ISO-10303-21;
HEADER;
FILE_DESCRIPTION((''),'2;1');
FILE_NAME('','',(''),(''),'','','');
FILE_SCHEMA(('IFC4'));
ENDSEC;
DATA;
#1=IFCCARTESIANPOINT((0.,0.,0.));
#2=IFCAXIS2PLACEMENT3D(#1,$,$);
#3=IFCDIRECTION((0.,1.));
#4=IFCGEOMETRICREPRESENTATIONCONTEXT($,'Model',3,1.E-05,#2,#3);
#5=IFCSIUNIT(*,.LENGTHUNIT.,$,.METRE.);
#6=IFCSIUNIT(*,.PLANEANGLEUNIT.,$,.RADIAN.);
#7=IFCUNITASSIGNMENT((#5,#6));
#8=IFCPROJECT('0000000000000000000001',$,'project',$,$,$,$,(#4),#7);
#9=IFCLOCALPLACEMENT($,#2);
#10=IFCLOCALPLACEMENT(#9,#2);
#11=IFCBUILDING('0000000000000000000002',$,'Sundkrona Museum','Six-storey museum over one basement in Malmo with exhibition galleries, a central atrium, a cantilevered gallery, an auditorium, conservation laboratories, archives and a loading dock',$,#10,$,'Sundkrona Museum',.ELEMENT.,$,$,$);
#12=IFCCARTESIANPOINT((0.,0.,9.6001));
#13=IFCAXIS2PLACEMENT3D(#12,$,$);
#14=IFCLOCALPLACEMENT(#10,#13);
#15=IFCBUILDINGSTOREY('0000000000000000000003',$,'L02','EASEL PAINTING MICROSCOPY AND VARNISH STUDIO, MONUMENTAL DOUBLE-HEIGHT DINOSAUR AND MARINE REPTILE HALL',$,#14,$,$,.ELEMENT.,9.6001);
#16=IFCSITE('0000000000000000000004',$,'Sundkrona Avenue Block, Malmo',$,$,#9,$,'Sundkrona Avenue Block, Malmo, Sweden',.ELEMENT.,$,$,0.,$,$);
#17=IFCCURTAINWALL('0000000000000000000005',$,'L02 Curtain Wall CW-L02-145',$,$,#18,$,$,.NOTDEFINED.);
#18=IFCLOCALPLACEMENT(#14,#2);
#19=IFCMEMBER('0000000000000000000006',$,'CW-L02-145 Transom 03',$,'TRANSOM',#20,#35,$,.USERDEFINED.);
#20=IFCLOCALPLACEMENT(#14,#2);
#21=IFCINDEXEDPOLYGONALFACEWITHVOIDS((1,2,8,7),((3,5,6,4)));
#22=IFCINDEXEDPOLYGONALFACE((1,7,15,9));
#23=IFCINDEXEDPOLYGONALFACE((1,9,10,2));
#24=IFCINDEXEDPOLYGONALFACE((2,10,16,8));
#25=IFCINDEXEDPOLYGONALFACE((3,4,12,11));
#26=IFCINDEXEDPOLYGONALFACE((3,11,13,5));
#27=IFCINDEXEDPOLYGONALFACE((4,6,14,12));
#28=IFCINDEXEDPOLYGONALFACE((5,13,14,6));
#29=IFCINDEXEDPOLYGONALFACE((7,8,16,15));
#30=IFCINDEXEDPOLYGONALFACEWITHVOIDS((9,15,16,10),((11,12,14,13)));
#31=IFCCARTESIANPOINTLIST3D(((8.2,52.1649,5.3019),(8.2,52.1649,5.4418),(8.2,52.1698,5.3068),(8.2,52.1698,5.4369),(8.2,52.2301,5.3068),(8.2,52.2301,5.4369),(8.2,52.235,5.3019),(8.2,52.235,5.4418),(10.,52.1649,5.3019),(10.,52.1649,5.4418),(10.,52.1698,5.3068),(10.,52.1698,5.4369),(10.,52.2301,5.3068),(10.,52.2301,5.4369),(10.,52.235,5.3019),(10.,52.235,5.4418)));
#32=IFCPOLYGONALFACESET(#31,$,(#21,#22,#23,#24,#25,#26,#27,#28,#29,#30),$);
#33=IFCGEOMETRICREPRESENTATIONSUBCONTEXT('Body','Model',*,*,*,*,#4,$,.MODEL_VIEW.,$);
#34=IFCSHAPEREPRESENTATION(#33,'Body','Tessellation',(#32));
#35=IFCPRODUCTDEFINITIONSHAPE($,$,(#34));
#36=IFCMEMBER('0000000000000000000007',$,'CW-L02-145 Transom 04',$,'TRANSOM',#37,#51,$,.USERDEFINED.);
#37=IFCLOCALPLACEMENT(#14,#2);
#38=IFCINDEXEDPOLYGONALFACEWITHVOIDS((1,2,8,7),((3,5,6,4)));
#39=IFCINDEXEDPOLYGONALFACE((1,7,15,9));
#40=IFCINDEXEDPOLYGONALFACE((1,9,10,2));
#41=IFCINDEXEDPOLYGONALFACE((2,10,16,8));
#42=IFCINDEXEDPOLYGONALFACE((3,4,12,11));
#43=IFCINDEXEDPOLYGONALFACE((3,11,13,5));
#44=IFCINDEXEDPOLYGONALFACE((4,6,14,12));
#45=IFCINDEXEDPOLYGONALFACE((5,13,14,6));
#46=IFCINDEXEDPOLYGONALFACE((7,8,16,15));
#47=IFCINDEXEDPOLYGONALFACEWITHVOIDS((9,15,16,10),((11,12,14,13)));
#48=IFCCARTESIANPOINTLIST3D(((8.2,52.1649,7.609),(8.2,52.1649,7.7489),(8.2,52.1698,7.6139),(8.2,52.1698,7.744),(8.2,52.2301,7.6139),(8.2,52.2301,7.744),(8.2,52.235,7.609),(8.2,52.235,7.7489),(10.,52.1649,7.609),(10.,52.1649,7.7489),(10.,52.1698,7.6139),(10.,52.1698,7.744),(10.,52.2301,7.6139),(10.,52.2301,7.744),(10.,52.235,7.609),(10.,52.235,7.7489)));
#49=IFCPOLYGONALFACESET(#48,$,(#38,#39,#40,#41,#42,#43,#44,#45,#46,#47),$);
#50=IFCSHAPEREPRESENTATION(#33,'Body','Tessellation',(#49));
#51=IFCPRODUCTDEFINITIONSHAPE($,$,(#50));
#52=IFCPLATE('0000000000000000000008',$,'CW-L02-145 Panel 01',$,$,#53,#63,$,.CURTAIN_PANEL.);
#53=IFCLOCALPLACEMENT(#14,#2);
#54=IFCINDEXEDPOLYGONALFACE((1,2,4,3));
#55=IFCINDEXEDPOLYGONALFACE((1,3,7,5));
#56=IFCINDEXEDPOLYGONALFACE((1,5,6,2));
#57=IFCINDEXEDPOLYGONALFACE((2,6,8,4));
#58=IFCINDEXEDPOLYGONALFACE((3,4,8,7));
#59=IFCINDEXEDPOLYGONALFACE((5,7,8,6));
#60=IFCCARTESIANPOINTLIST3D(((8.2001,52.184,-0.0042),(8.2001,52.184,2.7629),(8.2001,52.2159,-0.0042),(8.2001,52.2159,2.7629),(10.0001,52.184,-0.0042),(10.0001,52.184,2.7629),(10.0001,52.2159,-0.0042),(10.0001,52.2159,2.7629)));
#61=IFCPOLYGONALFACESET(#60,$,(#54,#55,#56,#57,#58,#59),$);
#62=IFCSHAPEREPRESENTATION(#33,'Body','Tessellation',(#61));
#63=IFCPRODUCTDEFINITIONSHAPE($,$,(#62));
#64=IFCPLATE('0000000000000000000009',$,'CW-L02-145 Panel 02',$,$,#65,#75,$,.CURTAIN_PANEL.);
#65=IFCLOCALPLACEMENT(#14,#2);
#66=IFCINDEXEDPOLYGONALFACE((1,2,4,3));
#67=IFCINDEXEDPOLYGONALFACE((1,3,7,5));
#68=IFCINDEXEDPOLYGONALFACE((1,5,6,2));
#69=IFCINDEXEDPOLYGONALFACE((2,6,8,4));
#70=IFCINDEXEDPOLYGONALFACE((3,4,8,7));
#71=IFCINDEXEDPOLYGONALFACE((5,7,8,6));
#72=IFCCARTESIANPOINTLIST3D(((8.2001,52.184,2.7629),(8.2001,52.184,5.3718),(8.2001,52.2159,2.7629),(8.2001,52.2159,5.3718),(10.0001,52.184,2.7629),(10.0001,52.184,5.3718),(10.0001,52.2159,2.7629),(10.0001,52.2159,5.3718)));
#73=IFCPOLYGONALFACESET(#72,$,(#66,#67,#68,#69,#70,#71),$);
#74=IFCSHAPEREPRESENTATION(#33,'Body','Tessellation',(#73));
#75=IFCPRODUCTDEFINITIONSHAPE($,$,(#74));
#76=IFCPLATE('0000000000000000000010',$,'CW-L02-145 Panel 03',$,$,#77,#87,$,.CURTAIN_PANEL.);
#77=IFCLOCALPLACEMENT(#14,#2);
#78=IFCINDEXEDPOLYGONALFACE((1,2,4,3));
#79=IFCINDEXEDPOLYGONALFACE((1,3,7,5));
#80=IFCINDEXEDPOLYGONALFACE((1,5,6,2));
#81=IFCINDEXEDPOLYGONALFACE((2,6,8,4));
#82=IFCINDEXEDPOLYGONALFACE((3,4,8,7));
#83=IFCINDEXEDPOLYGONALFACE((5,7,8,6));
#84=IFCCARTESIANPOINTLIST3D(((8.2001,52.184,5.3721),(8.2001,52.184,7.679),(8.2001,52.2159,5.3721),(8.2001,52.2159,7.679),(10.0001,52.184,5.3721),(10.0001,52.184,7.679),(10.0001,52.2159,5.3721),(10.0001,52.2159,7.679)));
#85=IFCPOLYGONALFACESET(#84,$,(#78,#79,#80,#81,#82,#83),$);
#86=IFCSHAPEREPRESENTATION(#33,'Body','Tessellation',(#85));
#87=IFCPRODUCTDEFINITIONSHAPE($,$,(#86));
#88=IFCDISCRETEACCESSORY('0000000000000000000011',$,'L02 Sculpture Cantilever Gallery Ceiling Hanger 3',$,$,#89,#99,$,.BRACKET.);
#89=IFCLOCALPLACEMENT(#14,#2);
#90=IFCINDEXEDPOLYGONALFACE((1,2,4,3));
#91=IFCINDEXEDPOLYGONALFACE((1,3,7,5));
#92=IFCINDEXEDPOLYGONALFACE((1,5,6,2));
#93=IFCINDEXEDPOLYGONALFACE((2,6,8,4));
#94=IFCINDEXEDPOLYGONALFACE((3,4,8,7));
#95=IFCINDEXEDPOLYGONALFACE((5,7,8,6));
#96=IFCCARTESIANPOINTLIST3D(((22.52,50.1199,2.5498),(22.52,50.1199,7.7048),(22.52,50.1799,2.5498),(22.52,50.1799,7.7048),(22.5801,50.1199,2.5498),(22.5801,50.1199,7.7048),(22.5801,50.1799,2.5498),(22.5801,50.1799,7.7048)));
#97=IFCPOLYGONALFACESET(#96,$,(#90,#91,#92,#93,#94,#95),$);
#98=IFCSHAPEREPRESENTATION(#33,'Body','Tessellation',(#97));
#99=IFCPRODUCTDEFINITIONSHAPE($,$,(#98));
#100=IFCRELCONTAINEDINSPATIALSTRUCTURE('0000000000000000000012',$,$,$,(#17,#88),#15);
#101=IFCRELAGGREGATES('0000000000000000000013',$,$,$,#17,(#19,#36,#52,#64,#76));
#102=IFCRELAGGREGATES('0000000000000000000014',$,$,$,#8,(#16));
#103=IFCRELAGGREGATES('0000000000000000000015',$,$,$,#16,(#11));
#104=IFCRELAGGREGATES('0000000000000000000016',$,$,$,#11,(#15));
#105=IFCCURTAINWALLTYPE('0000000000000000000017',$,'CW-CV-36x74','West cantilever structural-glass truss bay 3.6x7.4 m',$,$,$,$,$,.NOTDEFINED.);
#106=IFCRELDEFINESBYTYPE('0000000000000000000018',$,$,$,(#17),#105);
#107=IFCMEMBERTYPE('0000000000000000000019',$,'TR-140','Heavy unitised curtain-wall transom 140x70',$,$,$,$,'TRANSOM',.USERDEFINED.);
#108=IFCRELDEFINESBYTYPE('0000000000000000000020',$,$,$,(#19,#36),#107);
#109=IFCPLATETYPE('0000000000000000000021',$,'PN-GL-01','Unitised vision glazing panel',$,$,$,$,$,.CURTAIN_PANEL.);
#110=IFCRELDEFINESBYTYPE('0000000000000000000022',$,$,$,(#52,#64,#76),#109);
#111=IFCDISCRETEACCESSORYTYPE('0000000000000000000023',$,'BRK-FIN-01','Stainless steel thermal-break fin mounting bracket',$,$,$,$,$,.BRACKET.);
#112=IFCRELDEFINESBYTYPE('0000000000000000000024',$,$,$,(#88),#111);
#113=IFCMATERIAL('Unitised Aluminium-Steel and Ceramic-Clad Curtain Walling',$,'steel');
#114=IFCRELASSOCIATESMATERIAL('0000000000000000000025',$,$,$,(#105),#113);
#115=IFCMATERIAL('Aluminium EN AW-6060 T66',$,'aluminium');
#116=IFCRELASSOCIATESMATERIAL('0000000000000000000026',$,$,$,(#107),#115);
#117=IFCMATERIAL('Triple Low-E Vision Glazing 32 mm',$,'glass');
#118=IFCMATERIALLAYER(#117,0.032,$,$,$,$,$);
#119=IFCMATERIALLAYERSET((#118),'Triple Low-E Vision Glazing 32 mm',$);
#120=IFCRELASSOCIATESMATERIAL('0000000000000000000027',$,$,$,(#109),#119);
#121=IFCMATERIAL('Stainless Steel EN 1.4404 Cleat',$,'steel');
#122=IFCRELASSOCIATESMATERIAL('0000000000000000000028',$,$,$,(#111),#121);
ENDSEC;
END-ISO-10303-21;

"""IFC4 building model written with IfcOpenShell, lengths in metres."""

from ifc_helpers import new_model, si_unit, direction, frame, origin, origin_2d, place, context, subcontext, project, spatial, rectangle, hollow_rectangle, extrude, material, layer, layer_set, material_profile, profile_set, type_object, element, aggregate, save


model = new_model("IFC4")

# Units and contexts
model_context = context("Model", 3, precision=1e-05, world=origin(), true_north=direction((0.0, 1.0)))
body_context = subcontext(model_context, "Body", "Model", "MODEL_VIEW")
ifc_project = project(units=[si_unit("LENGTHUNIT", "METRE"), si_unit("PLANEANGLEUNIT", "RADIAN")], contexts=[model_context])

# Site, building, storey
site_placement = place(None, origin())
site = spatial("IfcSite", under=ifc_project, at=site_placement, Name="Sundkrona Avenue Block, Malmo", LongName="Sundkrona Avenue Block, Malmo, Sweden", CompositionType="ELEMENT", RefElevation=0.0)
building_placement = place(site_placement, origin())
building = spatial("IfcBuilding", under=site, at=building_placement, Name="Sundkrona Museum", Description="Six-storey museum over one basement in Malmo with exhibition galleries, a central atrium, a cantilevered gallery, an auditorium, conservation laboratories, archives and a loading dock", LongName="Sundkrona Museum", CompositionType="ELEMENT")
storey_placement = place(building_placement, frame((0.0, 0.0, 9.6001)))
storey = spatial("IfcBuildingStorey", under=building, at=storey_placement, Name="L02", Description="EASEL PAINTING MICROSCOPY AND VARNISH STUDIO, MONUMENTAL DOUBLE-HEIGHT DINOSAUR AND MARINE REPTILE HALL", CompositionType="ELEMENT", Elevation=9.6001)

# Curtain wall, members, plates
ifc_material_1 = material(Name="Unitised Aluminium-Steel and Ceramic-Clad Curtain Walling", Category="steel")
curtain_wall_type = type_object("IfcCurtainWallType", Name="CW-CV-36x74", Description="West cantilever structural-glass truss bay 3.6x7.4 m", PredefinedType="NOTDEFINED", material=ifc_material_1)
curtain_wall_placement = place(storey_placement, origin())
curtain_wall = element("IfcCurtainWall", 1, at=curtain_wall_placement, inside=storey, type_object=curtain_wall_type, Name="L02 Curtain Wall CW-L02-145", PredefinedType="NOTDEFINED")
ifc_material_2 = material(Name="Aluminium EN AW-6060 T66", Category="aluminium")
ifc_material_profile_1 = material_profile(ifc_material_2, hollow_rectangle(XDim=0.0701, YDim=0.1399, WallThickness=0.0049, at=origin_2d()), Name="RHS 140x70x5.0")
ifc_profile_set_1 = profile_set([ifc_material_profile_1], Name="Aluminium EN AW-6060 T66")
member_type_1 = type_object("IfcMemberType", Name="TR-140", Description="Heavy unitised curtain-wall transom 140x70", ElementType="TRANSOM", PredefinedType="USERDEFINED", material=ifc_profile_set_1)
member_1_placement = place(storey_placement, frame((8.2, 52.2, 5.3718), z_axis=(1.0, 0.0, 0.0), x_axis=(0.0, 1.0, 0.0)))
member_1 = element("IfcMember", 2, at=member_1_placement, type_object=member_type_1, Name="CW-L02-145 Transom 03", ObjectType="TRANSOM", PredefinedType="USERDEFINED", context=body_context, shape_type="SweptSolid", body=[
    extrude(hollow_rectangle(XDim=0.0701, YDim=0.1399, WallThickness=0.0049, at=origin_2d()), origin(), (0.0, 0.0, 1.0), 1.8),
])
member_2_placement = place(storey_placement, frame((8.2, 52.2, 7.679), z_axis=(1.0, 0.0, 0.0), x_axis=(0.0, 1.0, 0.0)))
member_2 = element("IfcMember", 3, at=member_2_placement, type_object=member_type_1, Name="CW-L02-145 Transom 04", ObjectType="TRANSOM", PredefinedType="USERDEFINED", context=body_context, shape_type="SweptSolid", body=[
    extrude(hollow_rectangle(XDim=0.0701, YDim=0.1399, WallThickness=0.0049, at=origin_2d()), origin(), (0.0, 0.0, 1.0), 1.8),
])
ifc_material_3 = material(Name="Triple Low-E Vision Glazing 32 mm", Category="glass")
ifc_layer = layer(ifc_material_3, 0.032)
ifc_layer_set = layer_set([ifc_layer], Name="Triple Low-E Vision Glazing 32 mm")
plate_type = type_object("IfcPlateType", Name="PN-GL-01", Description="Unitised vision glazing panel", PredefinedType="CURTAIN_PANEL", material=ifc_layer_set)
plate_1_placement = place(storey_placement, frame((9.1001, 52.2, -0.0042), z_axis=(0.0, 0.0, 1.0), x_axis=(1.0, 0.0, 0.0)))
plate_1 = element("IfcPlate", 4, at=plate_1_placement, type_object=plate_type, Name="CW-L02-145 Panel 01", PredefinedType="CURTAIN_PANEL", context=body_context, shape_type="SweptSolid", body=[
    extrude(rectangle(XDim=1.8, YDim=0.032, at=origin_2d()), origin(), (0.0, 0.0, 1.0), 2.7671),
])
plate_2_placement = place(storey_placement, frame((9.1001, 52.2, 2.7629), z_axis=(0.0, 0.0, 1.0), x_axis=(1.0, 0.0, 0.0)))
plate_2 = element("IfcPlate", 5, at=plate_2_placement, type_object=plate_type, Name="CW-L02-145 Panel 02", PredefinedType="CURTAIN_PANEL", context=body_context, shape_type="SweptSolid", body=[
    extrude(rectangle(XDim=1.8, YDim=0.032, at=origin_2d()), origin(), (0.0, 0.0, 1.0), 2.6089),
])
plate_3_placement = place(storey_placement, frame((9.1001, 52.2, 5.3721), z_axis=(0.0, 0.0, 1.0), x_axis=(1.0, 0.0, 0.0)))
plate_3 = element("IfcPlate", 6, at=plate_3_placement, type_object=plate_type, Name="CW-L02-145 Panel 03", PredefinedType="CURTAIN_PANEL", context=body_context, shape_type="SweptSolid", body=[
    extrude(rectangle(XDim=1.8, YDim=0.032, at=origin_2d()), origin(), (0.0, 0.0, 1.0), 2.3069),
])
aggregate(curtain_wall, [member_1, member_2, plate_1, plate_2, plate_3])

# Discrete accessory
ifc_material_4 = material(Name="Stainless Steel EN 1.4404 Cleat", Category="steel")
discrete_accessory_type = type_object("IfcDiscreteAccessoryType", Name="BRK-FIN-01", Description="Stainless steel thermal-break fin mounting bracket", PredefinedType="BRACKET", material=ifc_material_4)
discrete_accessory_placement = place(storey_placement, frame((22.55, 50.1499, 2.5498), z_axis=(0.0, 0.0, 1.0), x_axis=(1.0, 0.0, 0.0)))
element("IfcDiscreteAccessory", 7, at=discrete_accessory_placement, inside=storey, type_object=discrete_accessory_type, Name="L02 Sculpture Cantilever Gallery Ceiling Hanger 3", PredefinedType="BRACKET", context=body_context, shape_type="SweptSolid", body=[
    extrude(rectangle(XDim=0.0601, YDim=0.0601, at=origin_2d()), origin(), (0.0, 0.0, 1.0), 5.155),
])

save(model, "model.ifc")
